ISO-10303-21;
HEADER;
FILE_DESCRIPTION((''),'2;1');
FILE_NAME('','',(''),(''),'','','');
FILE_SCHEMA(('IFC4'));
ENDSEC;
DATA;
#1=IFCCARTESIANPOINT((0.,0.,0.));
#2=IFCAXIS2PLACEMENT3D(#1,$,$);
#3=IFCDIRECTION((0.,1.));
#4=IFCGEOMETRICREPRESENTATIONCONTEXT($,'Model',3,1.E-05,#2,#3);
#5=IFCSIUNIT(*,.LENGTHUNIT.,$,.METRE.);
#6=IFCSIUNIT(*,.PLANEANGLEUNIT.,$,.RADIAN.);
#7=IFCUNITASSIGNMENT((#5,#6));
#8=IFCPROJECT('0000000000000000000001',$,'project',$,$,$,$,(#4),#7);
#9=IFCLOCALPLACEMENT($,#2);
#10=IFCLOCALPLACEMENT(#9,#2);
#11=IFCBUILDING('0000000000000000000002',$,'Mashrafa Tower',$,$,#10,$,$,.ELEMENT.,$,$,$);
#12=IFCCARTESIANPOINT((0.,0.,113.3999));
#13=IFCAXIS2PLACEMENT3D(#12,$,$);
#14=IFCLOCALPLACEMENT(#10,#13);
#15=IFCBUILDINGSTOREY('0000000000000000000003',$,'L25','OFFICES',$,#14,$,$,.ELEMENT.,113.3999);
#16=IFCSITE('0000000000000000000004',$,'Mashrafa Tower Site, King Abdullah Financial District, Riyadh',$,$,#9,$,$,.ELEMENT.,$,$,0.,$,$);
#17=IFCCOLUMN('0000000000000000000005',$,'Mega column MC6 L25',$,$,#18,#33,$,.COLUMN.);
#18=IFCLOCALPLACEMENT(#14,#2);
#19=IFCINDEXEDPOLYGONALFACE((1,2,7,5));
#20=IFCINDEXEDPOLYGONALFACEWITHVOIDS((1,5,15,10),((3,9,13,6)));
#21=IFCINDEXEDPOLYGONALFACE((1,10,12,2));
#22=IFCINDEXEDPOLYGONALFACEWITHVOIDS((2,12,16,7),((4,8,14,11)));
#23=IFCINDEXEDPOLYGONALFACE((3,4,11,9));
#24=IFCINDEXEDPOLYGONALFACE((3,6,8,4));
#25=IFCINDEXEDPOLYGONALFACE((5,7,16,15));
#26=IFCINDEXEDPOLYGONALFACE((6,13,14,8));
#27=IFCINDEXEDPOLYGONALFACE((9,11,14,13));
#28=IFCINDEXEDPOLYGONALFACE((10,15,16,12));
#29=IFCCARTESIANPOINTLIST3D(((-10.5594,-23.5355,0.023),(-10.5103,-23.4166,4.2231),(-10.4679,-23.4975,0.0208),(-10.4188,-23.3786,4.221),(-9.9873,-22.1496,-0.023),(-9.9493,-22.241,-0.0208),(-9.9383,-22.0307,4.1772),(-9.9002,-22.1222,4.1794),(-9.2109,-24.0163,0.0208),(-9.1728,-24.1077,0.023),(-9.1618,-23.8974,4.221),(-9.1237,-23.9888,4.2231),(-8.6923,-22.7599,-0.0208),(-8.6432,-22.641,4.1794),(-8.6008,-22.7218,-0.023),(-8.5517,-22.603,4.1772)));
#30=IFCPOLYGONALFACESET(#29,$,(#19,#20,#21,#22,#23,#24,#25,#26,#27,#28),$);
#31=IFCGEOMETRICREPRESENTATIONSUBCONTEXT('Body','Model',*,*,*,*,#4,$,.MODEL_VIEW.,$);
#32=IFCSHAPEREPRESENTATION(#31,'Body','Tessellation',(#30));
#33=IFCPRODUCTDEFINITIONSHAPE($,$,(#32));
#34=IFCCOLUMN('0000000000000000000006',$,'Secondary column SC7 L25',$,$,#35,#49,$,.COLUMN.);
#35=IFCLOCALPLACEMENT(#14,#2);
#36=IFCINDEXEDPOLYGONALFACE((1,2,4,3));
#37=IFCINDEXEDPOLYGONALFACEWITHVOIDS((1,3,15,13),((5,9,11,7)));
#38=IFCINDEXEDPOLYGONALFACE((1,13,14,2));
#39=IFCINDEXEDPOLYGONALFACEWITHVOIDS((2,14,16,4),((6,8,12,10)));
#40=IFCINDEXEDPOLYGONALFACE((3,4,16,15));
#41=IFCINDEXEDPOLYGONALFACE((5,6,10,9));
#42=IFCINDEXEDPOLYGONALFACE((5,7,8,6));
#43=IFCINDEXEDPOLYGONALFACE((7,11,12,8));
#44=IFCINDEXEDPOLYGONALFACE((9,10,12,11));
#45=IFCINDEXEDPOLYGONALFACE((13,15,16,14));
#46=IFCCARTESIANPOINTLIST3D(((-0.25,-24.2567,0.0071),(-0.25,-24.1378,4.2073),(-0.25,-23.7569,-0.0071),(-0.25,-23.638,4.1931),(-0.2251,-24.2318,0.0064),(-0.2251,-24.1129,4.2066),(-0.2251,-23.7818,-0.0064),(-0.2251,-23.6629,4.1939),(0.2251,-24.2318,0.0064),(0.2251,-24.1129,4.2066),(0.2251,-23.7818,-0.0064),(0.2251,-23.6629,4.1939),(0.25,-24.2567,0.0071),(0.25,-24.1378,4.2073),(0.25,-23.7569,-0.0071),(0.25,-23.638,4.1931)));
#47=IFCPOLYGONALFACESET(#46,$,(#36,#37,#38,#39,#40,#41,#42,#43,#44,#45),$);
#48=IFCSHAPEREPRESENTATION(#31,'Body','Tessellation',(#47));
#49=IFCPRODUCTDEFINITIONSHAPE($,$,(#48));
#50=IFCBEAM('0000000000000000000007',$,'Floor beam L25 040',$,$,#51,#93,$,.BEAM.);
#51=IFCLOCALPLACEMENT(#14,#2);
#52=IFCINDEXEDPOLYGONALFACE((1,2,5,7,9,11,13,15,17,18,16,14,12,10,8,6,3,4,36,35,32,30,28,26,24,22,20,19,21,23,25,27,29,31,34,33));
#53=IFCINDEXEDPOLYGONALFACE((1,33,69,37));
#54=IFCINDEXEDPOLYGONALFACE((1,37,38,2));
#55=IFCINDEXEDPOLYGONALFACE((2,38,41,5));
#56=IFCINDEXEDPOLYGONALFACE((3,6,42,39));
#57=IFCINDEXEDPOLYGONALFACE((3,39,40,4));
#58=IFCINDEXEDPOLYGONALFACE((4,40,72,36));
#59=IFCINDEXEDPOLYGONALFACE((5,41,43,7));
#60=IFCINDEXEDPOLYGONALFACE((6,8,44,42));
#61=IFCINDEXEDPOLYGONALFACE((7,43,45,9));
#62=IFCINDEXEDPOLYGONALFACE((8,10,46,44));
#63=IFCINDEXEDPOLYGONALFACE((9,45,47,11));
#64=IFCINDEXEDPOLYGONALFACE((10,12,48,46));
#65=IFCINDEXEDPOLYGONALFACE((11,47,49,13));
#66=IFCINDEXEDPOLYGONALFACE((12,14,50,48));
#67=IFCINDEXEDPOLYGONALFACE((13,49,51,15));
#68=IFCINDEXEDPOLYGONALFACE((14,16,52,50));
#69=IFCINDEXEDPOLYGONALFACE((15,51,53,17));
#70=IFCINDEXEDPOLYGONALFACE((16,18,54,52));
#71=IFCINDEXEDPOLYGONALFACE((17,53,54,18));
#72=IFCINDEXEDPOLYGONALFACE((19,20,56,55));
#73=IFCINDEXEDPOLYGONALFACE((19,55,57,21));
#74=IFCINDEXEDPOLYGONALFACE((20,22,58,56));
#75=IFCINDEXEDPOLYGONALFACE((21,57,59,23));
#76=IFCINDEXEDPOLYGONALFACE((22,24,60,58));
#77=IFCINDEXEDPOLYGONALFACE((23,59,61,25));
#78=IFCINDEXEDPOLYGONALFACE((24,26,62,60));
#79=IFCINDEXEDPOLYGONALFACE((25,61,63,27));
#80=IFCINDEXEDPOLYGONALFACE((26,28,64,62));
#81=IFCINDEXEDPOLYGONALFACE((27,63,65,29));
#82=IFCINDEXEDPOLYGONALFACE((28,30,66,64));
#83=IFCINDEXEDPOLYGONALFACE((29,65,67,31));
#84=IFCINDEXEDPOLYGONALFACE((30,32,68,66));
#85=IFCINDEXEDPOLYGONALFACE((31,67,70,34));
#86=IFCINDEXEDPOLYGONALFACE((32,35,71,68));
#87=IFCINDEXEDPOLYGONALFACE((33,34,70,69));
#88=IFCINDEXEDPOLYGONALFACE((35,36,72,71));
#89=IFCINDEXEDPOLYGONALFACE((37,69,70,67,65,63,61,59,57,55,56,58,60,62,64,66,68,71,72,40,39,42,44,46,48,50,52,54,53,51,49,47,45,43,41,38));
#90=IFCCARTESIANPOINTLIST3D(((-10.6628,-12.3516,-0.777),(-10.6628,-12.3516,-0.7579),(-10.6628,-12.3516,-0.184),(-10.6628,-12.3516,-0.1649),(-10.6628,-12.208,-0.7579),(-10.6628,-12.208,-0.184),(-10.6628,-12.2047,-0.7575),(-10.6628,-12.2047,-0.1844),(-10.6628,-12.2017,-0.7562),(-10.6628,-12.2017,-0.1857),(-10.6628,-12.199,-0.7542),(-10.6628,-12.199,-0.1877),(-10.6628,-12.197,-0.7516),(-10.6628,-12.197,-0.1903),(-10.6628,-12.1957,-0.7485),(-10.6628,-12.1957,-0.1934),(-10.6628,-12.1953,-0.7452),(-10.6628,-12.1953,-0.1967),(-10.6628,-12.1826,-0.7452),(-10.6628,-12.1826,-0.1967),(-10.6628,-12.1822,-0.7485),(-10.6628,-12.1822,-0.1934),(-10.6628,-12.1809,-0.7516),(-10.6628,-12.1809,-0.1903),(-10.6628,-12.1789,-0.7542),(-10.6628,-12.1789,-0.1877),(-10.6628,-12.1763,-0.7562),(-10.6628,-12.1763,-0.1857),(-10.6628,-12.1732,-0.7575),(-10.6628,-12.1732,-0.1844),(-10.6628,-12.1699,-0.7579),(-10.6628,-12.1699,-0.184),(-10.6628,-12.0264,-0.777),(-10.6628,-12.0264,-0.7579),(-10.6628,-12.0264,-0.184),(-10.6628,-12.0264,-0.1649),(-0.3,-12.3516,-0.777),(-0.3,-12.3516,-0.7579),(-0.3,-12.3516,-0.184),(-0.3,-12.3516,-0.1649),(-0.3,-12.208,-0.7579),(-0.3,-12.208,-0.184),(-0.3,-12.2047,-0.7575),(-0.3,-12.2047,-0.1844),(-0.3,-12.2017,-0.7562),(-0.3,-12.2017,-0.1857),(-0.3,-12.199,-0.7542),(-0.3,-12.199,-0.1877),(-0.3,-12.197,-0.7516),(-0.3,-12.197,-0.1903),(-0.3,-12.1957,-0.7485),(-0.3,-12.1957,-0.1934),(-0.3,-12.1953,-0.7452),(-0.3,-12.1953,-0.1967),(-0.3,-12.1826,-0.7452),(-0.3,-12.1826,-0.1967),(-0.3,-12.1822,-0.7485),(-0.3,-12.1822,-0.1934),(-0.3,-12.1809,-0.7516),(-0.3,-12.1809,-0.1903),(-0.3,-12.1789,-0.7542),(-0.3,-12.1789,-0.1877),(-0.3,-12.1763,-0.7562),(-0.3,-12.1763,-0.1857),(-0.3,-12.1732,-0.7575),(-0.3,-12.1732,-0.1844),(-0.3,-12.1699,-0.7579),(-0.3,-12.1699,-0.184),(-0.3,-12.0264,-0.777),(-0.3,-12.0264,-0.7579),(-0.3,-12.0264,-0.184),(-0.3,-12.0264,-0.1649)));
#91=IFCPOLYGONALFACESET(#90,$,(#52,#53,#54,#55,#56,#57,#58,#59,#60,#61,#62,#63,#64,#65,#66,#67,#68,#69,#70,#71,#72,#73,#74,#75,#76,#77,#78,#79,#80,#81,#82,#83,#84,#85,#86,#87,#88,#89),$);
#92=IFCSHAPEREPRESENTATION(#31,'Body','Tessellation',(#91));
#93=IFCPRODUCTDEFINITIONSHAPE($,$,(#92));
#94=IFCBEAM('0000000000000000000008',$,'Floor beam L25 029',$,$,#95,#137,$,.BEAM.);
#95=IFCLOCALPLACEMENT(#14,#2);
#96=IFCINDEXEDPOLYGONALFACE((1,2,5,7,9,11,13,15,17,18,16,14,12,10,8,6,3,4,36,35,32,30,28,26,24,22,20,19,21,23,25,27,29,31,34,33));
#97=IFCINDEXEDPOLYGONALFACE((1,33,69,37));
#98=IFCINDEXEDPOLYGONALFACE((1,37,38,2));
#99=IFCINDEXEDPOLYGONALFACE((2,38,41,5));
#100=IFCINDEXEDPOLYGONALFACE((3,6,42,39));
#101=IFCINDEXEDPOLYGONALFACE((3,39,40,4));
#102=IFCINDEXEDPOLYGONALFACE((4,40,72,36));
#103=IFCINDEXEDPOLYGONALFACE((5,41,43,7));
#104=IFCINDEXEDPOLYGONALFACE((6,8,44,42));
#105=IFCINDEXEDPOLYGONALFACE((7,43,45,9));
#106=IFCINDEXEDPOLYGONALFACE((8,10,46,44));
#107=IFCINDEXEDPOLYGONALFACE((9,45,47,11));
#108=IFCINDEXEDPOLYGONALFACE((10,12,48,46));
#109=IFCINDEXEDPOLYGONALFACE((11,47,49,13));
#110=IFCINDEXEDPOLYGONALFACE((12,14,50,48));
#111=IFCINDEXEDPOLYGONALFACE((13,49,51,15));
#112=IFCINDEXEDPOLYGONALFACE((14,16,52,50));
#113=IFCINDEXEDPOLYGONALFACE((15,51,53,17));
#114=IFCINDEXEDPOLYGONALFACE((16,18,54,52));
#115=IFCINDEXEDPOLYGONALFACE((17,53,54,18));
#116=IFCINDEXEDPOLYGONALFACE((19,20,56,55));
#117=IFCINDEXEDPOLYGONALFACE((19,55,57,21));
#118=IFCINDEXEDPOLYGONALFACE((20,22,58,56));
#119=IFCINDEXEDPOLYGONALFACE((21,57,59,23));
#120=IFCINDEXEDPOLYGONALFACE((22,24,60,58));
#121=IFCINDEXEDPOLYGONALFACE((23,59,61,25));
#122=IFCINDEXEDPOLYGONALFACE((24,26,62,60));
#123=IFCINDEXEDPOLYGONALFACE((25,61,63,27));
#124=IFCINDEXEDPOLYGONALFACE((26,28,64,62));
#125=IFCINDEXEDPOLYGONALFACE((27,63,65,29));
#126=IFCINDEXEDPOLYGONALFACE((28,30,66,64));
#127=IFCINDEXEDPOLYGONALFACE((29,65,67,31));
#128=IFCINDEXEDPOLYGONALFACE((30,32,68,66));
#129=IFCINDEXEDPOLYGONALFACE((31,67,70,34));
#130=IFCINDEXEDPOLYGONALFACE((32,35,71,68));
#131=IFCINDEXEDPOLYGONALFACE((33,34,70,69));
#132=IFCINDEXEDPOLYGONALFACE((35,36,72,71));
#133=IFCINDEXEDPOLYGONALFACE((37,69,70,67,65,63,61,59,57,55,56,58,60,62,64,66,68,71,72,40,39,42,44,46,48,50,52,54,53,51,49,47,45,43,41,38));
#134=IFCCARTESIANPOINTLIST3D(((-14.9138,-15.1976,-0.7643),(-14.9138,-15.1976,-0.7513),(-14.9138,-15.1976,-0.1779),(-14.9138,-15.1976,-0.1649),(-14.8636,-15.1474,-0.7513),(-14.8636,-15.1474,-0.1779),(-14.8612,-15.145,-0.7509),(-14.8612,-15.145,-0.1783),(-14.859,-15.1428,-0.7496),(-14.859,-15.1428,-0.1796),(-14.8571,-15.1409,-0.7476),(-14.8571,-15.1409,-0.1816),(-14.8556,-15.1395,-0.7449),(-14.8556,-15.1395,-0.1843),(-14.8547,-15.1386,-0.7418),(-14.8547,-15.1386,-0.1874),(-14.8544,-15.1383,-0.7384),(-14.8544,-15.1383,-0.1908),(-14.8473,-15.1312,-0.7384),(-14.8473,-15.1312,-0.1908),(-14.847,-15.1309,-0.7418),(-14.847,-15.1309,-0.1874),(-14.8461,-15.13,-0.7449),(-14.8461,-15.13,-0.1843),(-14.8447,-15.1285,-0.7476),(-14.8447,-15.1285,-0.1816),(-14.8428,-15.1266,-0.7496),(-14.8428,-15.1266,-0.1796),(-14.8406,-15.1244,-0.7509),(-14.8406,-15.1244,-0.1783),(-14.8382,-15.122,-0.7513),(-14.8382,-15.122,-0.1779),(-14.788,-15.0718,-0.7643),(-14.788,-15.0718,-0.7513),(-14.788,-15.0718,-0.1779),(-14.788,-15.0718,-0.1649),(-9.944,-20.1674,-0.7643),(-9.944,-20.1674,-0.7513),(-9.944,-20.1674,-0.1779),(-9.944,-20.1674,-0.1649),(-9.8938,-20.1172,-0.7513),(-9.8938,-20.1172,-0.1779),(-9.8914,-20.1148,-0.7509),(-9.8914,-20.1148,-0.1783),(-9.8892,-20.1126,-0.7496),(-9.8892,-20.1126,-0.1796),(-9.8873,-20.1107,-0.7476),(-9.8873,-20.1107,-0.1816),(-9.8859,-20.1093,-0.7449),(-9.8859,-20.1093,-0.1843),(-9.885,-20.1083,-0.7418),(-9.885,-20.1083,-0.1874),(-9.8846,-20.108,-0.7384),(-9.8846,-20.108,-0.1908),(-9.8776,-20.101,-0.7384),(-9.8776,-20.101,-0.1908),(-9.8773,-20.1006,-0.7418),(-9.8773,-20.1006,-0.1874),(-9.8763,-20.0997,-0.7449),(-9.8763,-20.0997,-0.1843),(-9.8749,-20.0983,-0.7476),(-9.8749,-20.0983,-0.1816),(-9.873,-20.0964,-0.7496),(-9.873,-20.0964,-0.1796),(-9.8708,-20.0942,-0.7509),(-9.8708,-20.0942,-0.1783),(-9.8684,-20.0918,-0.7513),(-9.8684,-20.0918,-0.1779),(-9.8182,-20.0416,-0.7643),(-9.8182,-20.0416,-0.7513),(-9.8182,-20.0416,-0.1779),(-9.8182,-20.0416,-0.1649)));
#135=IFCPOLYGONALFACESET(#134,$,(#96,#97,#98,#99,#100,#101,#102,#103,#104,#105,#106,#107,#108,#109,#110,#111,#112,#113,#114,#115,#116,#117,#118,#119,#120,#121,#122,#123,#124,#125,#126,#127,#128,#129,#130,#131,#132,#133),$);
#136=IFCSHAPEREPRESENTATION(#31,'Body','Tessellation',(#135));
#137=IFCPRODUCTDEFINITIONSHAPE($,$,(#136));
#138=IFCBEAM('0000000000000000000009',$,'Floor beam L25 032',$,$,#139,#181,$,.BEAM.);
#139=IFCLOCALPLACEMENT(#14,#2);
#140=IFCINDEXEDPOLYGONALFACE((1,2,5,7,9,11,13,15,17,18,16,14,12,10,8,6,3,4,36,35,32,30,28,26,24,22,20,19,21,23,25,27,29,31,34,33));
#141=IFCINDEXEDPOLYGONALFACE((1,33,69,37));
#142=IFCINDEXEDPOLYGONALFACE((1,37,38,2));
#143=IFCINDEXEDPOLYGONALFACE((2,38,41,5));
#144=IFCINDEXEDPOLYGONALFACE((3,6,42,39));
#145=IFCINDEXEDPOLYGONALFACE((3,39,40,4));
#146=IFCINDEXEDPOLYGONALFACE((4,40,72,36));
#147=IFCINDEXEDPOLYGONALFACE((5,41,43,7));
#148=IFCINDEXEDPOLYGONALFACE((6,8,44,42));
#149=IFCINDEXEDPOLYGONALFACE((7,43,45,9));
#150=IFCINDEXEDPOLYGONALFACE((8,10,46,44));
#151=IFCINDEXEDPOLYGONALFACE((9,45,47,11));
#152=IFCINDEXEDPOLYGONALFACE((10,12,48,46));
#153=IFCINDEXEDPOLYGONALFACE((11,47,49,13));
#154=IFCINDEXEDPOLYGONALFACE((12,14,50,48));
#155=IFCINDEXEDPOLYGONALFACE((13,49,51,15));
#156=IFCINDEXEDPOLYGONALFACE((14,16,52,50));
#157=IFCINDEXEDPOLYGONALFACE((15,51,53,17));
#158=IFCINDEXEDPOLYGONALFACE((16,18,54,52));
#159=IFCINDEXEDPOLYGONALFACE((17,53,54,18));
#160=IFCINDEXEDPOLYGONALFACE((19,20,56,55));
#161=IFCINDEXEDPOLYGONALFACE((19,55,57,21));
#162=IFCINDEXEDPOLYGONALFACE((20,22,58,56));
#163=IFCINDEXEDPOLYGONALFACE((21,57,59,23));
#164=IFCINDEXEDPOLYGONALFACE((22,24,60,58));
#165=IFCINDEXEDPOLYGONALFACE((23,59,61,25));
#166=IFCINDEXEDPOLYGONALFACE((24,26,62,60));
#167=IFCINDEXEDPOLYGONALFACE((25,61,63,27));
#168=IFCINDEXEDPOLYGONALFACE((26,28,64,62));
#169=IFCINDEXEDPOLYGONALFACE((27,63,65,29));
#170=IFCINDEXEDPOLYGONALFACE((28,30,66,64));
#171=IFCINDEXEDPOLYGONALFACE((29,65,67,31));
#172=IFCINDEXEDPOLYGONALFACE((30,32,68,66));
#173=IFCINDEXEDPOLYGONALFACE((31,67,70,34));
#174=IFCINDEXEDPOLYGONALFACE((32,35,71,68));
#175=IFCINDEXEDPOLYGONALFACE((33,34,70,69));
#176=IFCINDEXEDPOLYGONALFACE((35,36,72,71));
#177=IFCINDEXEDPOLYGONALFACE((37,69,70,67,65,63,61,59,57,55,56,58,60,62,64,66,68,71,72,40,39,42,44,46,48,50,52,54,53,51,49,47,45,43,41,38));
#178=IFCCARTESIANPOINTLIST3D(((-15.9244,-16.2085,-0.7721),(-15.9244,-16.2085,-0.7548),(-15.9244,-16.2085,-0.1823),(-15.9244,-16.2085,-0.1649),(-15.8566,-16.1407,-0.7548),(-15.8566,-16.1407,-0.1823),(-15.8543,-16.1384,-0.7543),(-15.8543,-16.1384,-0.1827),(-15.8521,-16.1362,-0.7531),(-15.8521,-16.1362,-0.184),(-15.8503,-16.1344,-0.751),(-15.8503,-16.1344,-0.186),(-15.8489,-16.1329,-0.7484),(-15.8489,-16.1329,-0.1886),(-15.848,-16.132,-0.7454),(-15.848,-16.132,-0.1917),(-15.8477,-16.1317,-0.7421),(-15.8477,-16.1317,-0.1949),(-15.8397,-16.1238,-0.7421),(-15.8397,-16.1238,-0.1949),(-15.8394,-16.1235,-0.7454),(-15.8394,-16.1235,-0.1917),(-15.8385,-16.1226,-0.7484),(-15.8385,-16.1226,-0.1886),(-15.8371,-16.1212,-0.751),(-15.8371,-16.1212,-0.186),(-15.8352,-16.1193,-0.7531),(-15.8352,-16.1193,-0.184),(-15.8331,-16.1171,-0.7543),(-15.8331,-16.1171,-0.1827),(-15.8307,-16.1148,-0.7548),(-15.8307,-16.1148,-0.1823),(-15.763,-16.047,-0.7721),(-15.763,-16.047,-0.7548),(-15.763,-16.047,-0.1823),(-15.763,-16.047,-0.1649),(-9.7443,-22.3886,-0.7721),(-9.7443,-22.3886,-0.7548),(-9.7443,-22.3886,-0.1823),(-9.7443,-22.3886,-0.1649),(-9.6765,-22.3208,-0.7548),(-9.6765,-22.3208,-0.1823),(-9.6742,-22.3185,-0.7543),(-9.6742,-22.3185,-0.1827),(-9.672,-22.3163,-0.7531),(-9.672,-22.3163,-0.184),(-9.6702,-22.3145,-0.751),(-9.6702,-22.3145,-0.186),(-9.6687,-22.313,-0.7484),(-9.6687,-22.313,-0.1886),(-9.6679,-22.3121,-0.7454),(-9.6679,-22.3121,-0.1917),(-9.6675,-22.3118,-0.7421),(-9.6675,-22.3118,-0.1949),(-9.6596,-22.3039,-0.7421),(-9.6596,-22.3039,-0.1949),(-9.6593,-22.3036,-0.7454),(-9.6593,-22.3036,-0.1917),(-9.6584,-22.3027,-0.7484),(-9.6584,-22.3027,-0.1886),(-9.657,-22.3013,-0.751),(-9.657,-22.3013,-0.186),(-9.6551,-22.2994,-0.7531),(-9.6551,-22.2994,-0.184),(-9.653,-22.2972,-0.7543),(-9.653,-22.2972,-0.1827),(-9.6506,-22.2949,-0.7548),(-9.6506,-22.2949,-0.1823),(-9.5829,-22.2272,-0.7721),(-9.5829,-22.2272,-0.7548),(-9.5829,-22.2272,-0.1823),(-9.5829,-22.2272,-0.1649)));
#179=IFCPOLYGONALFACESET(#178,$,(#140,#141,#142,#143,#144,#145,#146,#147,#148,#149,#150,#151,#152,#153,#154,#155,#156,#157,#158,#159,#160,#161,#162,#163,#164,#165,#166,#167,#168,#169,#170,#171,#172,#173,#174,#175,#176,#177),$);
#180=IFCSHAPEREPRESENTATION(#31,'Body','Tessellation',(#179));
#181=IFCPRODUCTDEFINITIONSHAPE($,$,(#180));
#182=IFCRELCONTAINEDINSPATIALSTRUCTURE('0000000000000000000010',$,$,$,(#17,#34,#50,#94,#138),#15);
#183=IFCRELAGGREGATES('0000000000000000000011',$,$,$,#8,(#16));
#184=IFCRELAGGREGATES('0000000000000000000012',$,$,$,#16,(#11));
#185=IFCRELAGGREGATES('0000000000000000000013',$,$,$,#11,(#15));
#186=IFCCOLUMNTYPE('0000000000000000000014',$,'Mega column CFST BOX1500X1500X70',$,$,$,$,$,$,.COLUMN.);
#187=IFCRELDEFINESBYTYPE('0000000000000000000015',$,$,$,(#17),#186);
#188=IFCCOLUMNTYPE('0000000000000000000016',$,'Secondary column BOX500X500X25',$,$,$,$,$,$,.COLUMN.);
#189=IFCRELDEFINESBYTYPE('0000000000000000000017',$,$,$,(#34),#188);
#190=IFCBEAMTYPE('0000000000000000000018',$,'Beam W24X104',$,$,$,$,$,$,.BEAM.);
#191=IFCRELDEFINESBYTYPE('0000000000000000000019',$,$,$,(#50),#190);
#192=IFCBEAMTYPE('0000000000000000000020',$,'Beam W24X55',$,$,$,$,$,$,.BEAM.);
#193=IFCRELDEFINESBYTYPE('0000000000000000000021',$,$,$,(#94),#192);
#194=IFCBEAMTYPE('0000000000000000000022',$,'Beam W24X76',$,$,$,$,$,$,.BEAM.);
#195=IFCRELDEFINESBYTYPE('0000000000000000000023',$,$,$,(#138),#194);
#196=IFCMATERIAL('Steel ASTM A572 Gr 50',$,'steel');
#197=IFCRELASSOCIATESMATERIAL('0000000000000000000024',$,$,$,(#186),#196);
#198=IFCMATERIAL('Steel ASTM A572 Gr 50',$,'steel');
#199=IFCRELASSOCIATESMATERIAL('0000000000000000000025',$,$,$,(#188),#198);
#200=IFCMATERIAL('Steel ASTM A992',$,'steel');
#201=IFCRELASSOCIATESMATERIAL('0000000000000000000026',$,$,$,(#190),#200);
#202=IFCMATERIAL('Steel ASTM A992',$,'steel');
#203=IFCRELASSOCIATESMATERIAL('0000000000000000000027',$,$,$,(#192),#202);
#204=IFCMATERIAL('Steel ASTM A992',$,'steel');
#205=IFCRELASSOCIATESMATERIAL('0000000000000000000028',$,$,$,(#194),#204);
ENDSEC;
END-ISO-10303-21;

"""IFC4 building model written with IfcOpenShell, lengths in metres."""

from ifc_helpers import new_model, si_unit, direction, frame, origin, origin_2d, place, context, subcontext, project, spatial, hollow_rectangle, i_section, extrude, material, material_profile, profile_set, type_object, element, save


model = new_model("IFC4")

# Units and contexts
model_context = context("Model", 3, precision=1e-05, world=origin(), true_north=direction((0.0, 1.0)))
body_context = subcontext(model_context, "Body", "Model", "MODEL_VIEW")
ifc_project = project(units=[si_unit("LENGTHUNIT", "METRE"), si_unit("PLANEANGLEUNIT", "RADIAN")], contexts=[model_context])

# Site, building, storey
site_placement = place(None, origin())
site = spatial("IfcSite", under=ifc_project, at=site_placement, Name="Mashrafa Tower Site, King Abdullah Financial District, Riyadh", CompositionType="ELEMENT", RefElevation=0.0)
building_placement = place(site_placement, origin())
building = spatial("IfcBuilding", under=site, at=building_placement, Name="Mashrafa Tower", CompositionType="ELEMENT")
storey_placement = place(building_placement, frame((0.0, 0.0, 113.3999)))
storey = spatial("IfcBuildingStorey", under=building, at=storey_placement, Name="L25", Description="OFFICES", CompositionType="ELEMENT", Elevation=113.3999)

# Columns
ifc_material_1 = material(Name="Steel ASTM A572 Gr 50", Category="steel")
ifc_material_profile_1 = material_profile(ifc_material_1, hollow_rectangle(XDim=1.5, YDim=1.5, WallThickness=0.0701, at=origin_2d()), Name="BOX1500X1500X70")
ifc_profile_set_1 = profile_set([ifc_material_profile_1], Name="Steel ASTM A572 Gr 50")
column_type_1 = type_object("IfcColumnType", Name="Mega column CFST BOX1500X1500X70", PredefinedType="COLUMN", material=ifc_profile_set_1)
column_1_placement = place(storey_placement, frame((-9.5801, -23.1287, 0.0), z_axis=(0.011678, 0.028294, 0.999531), x_axis=(-0.924363, 0.381513, 0.0)))
element("IfcColumn", 1, at=column_1_placement, inside=storey, type_object=column_type_1, Name="Mega column MC6 L25", PredefinedType="COLUMN", context=body_context, shape_type="SweptSolid", body=[
    extrude(hollow_rectangle(XDim=1.5, YDim=1.5, WallThickness=0.0701, at=origin_2d()), origin(), (0.0, 0.0, 1.0), 4.2021),
])
ifc_material_2 = material(Name="Steel ASTM A572 Gr 50", Category="steel")
ifc_material_profile_2 = material_profile(ifc_material_2, hollow_rectangle(XDim=0.5, YDim=0.5, WallThickness=0.0249, at=origin_2d()), Name="BOX500X500X25")
ifc_profile_set_2 = profile_set([ifc_material_profile_2], Name="Steel ASTM A572 Gr 50")
column_type_2 = type_object("IfcColumnType", Name="Secondary column BOX500X500X25", PredefinedType="COLUMN", material=ifc_profile_set_2)
column_2_placement = place(storey_placement, frame((0.0, -24.0068, 0.0), z_axis=(0.0, 0.028296, 0.9996), x_axis=(-1.0, 0.0, 0.0)))
element("IfcColumn", 2, at=column_2_placement, inside=storey, type_object=column_type_2, Name="Secondary column SC7 L25", PredefinedType="COLUMN", context=body_context, shape_type="SweptSolid", body=[
    extrude(hollow_rectangle(XDim=0.5, YDim=0.5, WallThickness=0.0249, at=origin_2d()), origin(), (0.0, 0.0, 1.0), 4.2019),
])

# Beams
ifc_material_3 = material(Name="Steel ASTM A992", Category="steel")
ifc_material_profile_3 = material_profile(ifc_material_3, i_section(OverallWidth=0.3252, OverallDepth=0.6121, WebThickness=0.0127, FlangeThickness=0.019, FilletRadius=0.0127, at=origin_2d()), Name="W24X104")
ifc_profile_set_3 = profile_set([ifc_material_profile_3], Name="Steel ASTM A992")
beam_type_1 = type_object("IfcBeamType", Name="Beam W24X104", PredefinedType="BEAM", material=ifc_profile_set_3)
beam_1_placement = place(storey_placement, frame((-0.3, -12.189, -0.4709), z_axis=(-1.0, 0.0, 0.0), x_axis=(0.0, -1.0, 0.0)))
element("IfcBeam", 3, at=beam_1_placement, inside=storey, type_object=beam_type_1, Name="Floor beam L25 040", PredefinedType="BEAM", context=body_context, shape_type="SweptSolid", body=[
    extrude(i_section(OverallWidth=0.3252, OverallDepth=0.6121, WebThickness=0.0127, FlangeThickness=0.019, FilletRadius=0.0127, at=origin_2d()), origin(), (0.0, 0.0, 1.0), 10.3628),
])
ifc_material_4 = material(Name="Steel ASTM A992", Category="steel")
ifc_material_profile_4 = material_profile(ifc_material_4, i_section(OverallWidth=0.178, OverallDepth=0.5994, WebThickness=0.01, FlangeThickness=0.0129, FilletRadius=0.0129, at=origin_2d()), Name="W24X55")
ifc_profile_set_4 = profile_set([ifc_material_profile_4], Name="Steel ASTM A992")
beam_type_2 = type_object("IfcBeamType", Name="Beam W24X55", PredefinedType="BEAM", material=ifc_profile_set_4)
beam_2_placement = place(storey_placement, frame((-9.8811, -20.1045, -0.4646), z_axis=(-0.707107, 0.707107, 0.0), x_axis=(-0.707107, -0.707107, 0.0)))
element("IfcBeam", 4, at=beam_2_placement, inside=storey, type_object=beam_type_2, Name="Floor beam L25 029", PredefinedType="BEAM", context=body_context, shape_type="SweptSolid", body=[
    extrude(i_section(OverallWidth=0.178, OverallDepth=0.5994, WebThickness=0.01, FlangeThickness=0.0129, FilletRadius=0.0129, at=origin_2d()), origin(), (0.0, 0.0, 1.0), 7.0283),
])
ifc_material_5 = material(Name="Steel ASTM A992", Category="steel")
ifc_material_profile_5 = material_profile(ifc_material_5, i_section(OverallWidth=0.2283, OverallDepth=0.6072, WebThickness=0.0112, FlangeThickness=0.0173, FilletRadius=0.0127, at=origin_2d()), Name="W24X76")
ifc_profile_set_5 = profile_set([ifc_material_profile_5], Name="Steel ASTM A992")
beam_type_3 = type_object("IfcBeamType", Name="Beam W24X76", PredefinedType="BEAM", material=ifc_profile_set_5)
beam_3_placement = place(storey_placement, frame((-9.6636, -22.3079, -0.4685), z_axis=(-0.707107, 0.707107, 0.0), x_axis=(-0.707107, -0.707107, 0.0)))
element("IfcBeam", 5, at=beam_3_placement, inside=storey, type_object=beam_type_3, Name="Floor beam L25 032", PredefinedType="BEAM", context=body_context, shape_type="SweptSolid", body=[
    extrude(i_section(OverallWidth=0.2283, OverallDepth=0.6072, WebThickness=0.0112, FlangeThickness=0.0173, FilletRadius=0.0127, at=origin_2d()), origin(), (0.0, 0.0, 1.0), 8.74),
])

save(model, "model.ifc")
